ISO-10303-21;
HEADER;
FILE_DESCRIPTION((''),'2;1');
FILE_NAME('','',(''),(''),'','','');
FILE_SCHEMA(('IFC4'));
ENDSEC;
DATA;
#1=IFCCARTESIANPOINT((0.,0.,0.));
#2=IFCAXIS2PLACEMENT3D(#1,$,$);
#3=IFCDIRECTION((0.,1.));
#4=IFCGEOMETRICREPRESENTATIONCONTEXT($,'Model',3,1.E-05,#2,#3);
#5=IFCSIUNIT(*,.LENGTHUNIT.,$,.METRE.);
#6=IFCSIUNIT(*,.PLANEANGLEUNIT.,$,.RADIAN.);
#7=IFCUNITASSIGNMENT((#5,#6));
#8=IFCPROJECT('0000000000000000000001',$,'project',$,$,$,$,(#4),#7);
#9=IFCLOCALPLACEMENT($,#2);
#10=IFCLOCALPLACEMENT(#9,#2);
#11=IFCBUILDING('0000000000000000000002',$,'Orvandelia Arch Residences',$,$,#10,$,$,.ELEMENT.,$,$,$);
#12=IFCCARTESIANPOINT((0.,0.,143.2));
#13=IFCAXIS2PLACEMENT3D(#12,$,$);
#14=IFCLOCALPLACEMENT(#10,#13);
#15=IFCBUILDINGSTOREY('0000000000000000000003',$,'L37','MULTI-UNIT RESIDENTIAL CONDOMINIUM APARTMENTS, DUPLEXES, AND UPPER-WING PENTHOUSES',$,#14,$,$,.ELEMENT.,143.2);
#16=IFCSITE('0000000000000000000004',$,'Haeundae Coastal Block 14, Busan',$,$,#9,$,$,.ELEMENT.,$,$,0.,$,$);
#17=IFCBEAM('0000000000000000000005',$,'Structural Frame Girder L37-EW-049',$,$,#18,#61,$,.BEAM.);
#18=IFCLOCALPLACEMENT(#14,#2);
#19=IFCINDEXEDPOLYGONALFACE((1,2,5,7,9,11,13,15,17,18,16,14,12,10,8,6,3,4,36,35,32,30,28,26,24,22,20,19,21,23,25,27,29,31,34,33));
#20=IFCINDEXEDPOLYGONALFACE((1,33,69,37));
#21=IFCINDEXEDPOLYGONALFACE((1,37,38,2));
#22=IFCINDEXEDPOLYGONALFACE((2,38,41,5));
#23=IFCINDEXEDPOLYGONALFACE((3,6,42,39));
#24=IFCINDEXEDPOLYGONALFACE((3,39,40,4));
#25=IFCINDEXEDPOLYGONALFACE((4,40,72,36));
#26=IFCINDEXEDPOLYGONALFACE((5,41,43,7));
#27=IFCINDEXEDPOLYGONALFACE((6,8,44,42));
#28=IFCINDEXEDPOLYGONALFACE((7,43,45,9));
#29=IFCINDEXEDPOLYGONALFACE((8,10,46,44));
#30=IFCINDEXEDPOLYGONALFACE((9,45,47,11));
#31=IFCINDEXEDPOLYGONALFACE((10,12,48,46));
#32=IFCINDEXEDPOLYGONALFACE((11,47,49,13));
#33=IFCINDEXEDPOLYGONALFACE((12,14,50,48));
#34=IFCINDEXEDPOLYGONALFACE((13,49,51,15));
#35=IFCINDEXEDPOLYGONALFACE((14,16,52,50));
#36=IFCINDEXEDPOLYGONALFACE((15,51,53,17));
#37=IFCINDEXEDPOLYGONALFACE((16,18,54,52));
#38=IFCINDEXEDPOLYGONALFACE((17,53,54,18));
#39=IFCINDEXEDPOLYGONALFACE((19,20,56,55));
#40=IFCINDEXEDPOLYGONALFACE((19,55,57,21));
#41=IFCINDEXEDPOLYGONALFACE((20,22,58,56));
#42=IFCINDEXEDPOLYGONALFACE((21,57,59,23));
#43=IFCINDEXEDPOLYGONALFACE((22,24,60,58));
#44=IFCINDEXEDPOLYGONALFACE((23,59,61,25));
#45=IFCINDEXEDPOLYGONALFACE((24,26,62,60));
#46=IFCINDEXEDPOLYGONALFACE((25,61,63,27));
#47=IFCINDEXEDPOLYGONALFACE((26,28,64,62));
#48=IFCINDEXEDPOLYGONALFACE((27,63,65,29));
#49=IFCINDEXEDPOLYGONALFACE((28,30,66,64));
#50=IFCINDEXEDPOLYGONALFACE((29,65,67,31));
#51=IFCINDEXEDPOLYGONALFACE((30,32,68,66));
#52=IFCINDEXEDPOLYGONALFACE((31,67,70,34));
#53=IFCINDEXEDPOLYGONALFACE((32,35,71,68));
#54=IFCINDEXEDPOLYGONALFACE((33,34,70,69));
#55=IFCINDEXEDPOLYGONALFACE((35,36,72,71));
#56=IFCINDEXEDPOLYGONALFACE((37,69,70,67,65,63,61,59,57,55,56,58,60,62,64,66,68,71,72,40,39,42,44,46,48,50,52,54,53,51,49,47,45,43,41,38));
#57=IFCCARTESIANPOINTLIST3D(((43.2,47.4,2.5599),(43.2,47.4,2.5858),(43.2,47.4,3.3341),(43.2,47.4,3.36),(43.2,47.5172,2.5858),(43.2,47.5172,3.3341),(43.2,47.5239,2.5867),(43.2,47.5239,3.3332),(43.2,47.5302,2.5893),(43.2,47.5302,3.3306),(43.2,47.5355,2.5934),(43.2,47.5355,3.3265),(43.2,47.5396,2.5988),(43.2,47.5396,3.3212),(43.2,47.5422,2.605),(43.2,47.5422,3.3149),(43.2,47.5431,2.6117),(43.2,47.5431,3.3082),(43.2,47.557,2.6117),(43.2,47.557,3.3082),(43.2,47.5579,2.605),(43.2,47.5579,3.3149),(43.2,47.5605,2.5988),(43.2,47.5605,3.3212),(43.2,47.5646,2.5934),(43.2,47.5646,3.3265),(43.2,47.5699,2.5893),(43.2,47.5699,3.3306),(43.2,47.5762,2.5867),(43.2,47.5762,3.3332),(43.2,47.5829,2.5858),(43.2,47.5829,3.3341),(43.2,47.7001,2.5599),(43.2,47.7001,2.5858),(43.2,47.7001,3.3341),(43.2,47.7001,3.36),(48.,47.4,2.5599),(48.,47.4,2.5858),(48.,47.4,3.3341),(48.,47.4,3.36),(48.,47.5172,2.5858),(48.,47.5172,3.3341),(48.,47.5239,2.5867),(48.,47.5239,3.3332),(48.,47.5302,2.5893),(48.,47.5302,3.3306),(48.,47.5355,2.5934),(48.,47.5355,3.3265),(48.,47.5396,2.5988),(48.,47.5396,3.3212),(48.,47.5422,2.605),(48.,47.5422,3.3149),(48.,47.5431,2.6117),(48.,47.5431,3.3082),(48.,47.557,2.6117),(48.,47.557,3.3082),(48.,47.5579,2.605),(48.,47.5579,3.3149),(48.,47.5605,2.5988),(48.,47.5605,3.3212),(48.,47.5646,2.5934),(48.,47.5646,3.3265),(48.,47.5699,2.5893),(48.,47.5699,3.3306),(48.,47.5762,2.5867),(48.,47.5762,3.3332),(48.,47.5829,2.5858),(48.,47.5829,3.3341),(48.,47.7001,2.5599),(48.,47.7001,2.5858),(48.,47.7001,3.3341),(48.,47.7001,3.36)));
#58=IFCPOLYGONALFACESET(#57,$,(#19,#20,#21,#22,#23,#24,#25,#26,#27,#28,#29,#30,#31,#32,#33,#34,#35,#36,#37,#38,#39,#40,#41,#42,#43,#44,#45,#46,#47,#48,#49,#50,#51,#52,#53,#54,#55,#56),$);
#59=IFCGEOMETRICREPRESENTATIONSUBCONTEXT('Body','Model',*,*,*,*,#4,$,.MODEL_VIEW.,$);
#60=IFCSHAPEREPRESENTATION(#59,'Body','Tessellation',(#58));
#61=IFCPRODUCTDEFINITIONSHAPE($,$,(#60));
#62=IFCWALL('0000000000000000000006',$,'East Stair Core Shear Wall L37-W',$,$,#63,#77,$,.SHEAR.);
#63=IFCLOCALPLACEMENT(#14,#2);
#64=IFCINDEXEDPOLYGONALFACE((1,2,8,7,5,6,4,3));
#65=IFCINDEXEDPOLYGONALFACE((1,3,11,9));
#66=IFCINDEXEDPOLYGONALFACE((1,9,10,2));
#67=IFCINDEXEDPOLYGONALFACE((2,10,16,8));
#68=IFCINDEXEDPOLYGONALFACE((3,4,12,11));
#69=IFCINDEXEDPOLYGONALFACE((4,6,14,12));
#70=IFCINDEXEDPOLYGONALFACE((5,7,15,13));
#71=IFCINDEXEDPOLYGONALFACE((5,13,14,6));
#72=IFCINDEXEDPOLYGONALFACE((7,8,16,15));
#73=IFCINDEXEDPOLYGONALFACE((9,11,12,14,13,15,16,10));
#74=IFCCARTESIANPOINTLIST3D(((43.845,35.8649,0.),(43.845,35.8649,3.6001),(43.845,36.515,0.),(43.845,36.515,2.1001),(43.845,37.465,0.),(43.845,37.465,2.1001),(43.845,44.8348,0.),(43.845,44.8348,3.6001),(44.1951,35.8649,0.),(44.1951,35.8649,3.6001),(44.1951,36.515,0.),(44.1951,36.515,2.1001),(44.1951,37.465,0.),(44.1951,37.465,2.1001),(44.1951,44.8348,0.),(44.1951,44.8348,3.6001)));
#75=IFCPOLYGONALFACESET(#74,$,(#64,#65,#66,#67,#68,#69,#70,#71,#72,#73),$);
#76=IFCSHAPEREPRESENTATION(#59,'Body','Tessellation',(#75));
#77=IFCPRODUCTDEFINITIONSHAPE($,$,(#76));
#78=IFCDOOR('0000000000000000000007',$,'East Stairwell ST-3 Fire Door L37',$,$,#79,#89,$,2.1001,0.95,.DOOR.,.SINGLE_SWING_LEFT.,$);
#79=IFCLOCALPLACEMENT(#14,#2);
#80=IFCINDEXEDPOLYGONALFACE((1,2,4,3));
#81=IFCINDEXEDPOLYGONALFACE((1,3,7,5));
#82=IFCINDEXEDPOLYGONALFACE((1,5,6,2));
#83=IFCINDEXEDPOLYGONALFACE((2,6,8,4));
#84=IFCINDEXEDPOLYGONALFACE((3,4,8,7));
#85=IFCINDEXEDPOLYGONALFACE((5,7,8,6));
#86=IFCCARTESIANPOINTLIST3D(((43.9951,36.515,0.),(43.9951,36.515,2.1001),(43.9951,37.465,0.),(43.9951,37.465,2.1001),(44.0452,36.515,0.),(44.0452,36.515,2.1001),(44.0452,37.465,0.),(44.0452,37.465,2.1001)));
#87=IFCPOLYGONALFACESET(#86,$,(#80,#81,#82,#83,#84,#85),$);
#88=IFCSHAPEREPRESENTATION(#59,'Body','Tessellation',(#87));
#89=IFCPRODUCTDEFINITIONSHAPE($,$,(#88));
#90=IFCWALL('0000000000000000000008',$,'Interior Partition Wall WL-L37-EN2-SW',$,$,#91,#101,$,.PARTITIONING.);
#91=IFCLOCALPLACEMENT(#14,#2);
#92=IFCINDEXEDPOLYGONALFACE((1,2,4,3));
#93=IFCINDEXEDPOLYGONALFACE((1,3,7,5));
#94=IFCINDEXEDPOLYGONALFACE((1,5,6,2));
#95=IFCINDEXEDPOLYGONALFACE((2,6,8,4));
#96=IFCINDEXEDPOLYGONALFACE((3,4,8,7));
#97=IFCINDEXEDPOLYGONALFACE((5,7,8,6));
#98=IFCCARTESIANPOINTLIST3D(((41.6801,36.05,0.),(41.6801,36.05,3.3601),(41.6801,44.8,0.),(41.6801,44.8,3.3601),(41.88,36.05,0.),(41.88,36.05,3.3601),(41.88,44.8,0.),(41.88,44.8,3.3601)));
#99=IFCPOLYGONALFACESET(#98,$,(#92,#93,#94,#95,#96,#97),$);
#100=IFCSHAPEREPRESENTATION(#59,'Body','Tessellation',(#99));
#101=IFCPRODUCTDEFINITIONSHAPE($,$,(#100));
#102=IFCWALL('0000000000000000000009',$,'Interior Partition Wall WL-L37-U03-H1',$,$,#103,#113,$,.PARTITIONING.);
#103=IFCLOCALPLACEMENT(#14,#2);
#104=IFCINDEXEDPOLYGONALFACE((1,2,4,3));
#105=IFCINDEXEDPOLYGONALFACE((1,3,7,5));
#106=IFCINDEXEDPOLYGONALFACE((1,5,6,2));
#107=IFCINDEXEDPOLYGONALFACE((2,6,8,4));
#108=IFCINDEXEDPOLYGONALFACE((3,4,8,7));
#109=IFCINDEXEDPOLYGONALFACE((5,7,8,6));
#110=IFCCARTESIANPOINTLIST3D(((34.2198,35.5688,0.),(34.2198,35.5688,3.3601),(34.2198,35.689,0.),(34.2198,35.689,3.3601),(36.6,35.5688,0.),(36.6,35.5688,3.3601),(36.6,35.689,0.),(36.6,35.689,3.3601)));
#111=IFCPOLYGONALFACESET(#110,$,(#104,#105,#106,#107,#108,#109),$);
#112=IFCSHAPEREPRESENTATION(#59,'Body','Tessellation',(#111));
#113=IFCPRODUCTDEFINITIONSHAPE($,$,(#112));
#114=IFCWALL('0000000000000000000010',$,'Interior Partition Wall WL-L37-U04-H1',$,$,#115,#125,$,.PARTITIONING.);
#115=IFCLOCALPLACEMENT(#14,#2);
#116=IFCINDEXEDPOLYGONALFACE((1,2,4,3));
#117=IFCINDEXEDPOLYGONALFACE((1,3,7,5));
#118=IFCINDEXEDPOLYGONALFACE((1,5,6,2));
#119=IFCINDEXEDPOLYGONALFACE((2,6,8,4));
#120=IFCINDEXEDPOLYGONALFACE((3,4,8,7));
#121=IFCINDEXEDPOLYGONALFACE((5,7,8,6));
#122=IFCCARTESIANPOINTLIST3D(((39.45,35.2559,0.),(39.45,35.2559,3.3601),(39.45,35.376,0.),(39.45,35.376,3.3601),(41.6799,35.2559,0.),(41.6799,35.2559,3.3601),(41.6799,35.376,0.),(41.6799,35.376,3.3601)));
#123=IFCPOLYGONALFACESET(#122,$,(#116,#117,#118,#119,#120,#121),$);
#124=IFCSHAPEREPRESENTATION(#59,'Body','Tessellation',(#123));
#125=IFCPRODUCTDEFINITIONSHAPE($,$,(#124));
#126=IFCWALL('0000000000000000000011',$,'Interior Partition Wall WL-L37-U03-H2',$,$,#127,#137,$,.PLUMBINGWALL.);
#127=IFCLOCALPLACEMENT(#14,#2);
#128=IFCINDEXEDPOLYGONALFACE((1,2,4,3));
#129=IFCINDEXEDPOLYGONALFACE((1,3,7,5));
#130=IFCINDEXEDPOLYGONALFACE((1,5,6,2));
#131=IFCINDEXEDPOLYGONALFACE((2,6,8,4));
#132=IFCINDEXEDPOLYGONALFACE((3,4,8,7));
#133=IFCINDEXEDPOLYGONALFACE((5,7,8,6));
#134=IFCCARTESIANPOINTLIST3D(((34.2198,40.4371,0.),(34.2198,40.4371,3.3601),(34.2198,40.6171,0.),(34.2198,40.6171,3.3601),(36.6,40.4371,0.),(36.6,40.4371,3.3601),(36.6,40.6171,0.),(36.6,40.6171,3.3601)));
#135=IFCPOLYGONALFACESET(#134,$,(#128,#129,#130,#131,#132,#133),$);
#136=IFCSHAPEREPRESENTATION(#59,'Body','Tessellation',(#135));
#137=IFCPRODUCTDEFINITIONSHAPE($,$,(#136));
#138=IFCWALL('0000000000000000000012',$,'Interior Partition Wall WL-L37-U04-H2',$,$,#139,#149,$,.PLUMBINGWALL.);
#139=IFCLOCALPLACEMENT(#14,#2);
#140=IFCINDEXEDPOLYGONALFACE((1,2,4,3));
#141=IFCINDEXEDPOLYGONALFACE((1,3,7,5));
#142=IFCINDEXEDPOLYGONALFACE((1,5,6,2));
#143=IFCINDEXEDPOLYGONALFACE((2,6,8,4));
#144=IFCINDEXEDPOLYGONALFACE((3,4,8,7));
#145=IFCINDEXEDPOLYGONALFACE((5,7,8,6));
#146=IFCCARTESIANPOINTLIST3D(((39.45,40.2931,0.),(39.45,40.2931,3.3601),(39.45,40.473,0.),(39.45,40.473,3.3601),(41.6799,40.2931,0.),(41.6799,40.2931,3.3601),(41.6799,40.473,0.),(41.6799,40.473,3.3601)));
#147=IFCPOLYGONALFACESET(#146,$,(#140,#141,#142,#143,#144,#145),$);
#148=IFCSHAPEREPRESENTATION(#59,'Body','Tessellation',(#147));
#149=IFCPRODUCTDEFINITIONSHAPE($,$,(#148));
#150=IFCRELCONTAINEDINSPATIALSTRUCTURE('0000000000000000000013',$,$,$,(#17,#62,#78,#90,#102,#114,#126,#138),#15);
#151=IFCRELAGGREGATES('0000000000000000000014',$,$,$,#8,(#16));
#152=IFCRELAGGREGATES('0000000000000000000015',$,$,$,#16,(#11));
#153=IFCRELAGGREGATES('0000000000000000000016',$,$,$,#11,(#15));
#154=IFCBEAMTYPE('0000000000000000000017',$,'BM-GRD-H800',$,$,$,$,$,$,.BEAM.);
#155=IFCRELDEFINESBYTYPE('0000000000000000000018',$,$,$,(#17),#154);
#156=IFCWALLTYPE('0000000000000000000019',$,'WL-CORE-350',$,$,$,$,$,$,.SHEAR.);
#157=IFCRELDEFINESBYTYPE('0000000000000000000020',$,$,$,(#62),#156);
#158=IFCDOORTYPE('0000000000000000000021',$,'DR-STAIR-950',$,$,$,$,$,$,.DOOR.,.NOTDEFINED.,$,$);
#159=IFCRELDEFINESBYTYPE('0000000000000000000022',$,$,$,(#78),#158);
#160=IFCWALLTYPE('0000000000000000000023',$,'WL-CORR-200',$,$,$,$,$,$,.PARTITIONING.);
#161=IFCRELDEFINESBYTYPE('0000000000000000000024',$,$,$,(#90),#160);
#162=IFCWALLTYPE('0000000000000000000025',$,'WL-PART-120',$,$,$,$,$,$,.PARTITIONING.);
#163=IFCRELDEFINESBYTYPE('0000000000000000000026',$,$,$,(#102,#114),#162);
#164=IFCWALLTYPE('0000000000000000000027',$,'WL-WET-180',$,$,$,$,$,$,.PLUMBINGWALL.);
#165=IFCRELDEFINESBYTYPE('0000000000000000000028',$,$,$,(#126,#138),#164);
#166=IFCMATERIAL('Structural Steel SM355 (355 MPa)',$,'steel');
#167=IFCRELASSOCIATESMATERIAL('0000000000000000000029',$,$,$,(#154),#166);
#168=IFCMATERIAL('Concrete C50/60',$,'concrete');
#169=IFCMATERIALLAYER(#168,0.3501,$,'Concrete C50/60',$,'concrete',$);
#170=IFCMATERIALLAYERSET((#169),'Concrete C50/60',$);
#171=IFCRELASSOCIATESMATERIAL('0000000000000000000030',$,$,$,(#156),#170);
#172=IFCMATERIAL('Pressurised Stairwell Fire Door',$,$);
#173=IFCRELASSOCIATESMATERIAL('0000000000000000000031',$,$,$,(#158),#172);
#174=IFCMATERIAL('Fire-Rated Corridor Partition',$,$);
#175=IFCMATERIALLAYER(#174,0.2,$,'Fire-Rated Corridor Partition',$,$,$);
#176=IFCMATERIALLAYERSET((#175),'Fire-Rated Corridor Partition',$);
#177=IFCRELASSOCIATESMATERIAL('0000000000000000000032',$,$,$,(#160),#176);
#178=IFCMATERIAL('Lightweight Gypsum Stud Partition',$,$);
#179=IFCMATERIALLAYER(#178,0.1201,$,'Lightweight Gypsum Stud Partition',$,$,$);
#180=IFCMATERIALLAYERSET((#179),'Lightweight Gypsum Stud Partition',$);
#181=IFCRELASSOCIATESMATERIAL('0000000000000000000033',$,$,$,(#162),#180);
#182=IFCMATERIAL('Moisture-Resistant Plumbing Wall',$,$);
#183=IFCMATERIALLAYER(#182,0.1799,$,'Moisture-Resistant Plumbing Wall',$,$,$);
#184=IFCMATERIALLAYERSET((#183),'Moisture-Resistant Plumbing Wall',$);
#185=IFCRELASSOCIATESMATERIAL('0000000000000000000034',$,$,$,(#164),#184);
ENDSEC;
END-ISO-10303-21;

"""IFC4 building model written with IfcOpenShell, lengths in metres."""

from ifc_helpers import new_model, si_unit, direction, frame, frame_2d, origin, origin_2d, place, context, subcontext, project, spatial, rectangle, i_section, extrude, material, layer, layer_set, material_profile, profile_set, type_object, element, fill, save


model = new_model("IFC4")

# Units and contexts
model_context = context("Model", 3, precision=1e-05, world=origin(), true_north=direction((0.0, 1.0)))
body_context = subcontext(model_context, "Body", "Model", "MODEL_VIEW")
ifc_project = project(units=[si_unit("LENGTHUNIT", "METRE"), si_unit("PLANEANGLEUNIT", "RADIAN")], contexts=[model_context])

# Site, building, storey
site_placement = place(None, origin())
site = spatial("IfcSite", under=ifc_project, at=site_placement, Name="Haeundae Coastal Block 14, Busan", CompositionType="ELEMENT", RefElevation=0.0)
building_placement = place(site_placement, origin())
building = spatial("IfcBuilding", under=site, at=building_placement, Name="Orvandelia Arch Residences", CompositionType="ELEMENT")
storey_placement = place(building_placement, frame((0.0, 0.0, 143.2)))
storey = spatial("IfcBuildingStorey", under=building, at=storey_placement, Name="L37", Description="MULTI-UNIT RESIDENTIAL CONDOMINIUM APARTMENTS, DUPLEXES, AND UPPER-WING PENTHOUSES", CompositionType="ELEMENT", Elevation=143.2)

# Beam
ifc_material_1 = material(Name="Structural Steel SM355 (355 MPa)", Category="steel")
ifc_material_profile_1 = material_profile(ifc_material_1, i_section(OverallWidth=0.3, OverallDepth=0.8, WebThickness=0.0139, FlangeThickness=0.0259, FilletRadius=0.0259, at=origin_2d()), Name="Structural Steel SM355 (355 MPa)", Category="steel")
ifc_profile_set_1 = profile_set([ifc_material_profile_1], Name="Structural Steel SM355 (355 MPa)")
beam_type = type_object("IfcBeamType", Name="BM-GRD-H800", PredefinedType="BEAM", material=ifc_profile_set_1)
for number, where, z_axis, x_axis, name in (
    (1, (43.2, 47.55, 2.96), (1.0, 0.0, 0.0), (0.0, 1.0, 0.0), "Structural Frame Girder L37-EW-049"),
):
    element("IfcBeam", number, at=place(storey_placement, frame(where, z_axis=z_axis, x_axis=x_axis)), inside=storey, type_object=beam_type, Name=name, PredefinedType="BEAM", context=body_context, shape_type="SweptSolid", body=[
        extrude(i_section(OverallWidth=0.3, OverallDepth=0.8, WebThickness=0.0139, FlangeThickness=0.0259, FilletRadius=0.0259, at=origin_2d()), origin(), (0.0, 0.0, 1.0), 4.8),
    ])

# Wall, opening, door
ifc_material_2 = material(Name="Concrete C50/60", Category="concrete")
ifc_layer_1 = layer(ifc_material_2, 0.3501, Name="Concrete C50/60", Category="concrete")
ifc_layer_set_1 = layer_set([ifc_layer_1], Name="Concrete C50/60")
wall_type_1 = type_object("IfcWallType", Name="WL-CORE-350", PredefinedType="SHEAR", material=ifc_layer_set_1)
wall_1_placement = place(storey_placement, frame((44.02, 35.865, 0.0), z_axis=(0.0, 0.0, 1.0), x_axis=(0.0, 1.0, 0.0)))
wall_1 = element("IfcWall", 2, at=wall_1_placement, inside=storey, type_object=wall_type_1, Name="East Stair Core Shear Wall L37-W", PredefinedType="SHEAR", context=body_context, shape_type="SweptSolid", body=[
    extrude(rectangle(XDim=8.97, YDim=0.3501, at=frame_2d((4.4849, 0.0))), origin(), (0.0, 0.0, 1.0), 3.6001),
])
opening_1_placement = place(wall_1_placement, frame((0.6499, 0.0, 0.0)))
opening_1 = element("IfcOpeningElement", 3, at=opening_1_placement, cuts=wall_1, PredefinedType="OPENING", context=body_context, shape_type="SweptSolid", body=[
    extrude(rectangle(XDim=0.95, YDim=2.1001, at=frame_2d((0.4751, 1.05))), frame((0.0, 0.1851, 0.0), z_axis=(0.0, -1.0, 0.0), x_axis=(1.0, 0.0, 0.0)), (0.0, 0.0, 1.0), 0.3701),
])
ifc_material_3 = material(Name="Pressurised Stairwell Fire Door")
door_type_1 = type_object("IfcDoorType", Name="DR-STAIR-950", OperationType="NOTDEFINED", PredefinedType="DOOR", material=ifc_material_3)
door_1_placement = place(opening_1_placement, origin())
door_1 = element("IfcDoor", 4, at=door_1_placement, inside=storey, type_object=door_type_1, Name="East Stairwell ST-3 Fire Door L37", OperationType="SINGLE_SWING_LEFT", OverallHeight=2.1001, OverallWidth=0.95, PredefinedType="DOOR", context=body_context, shape_type="SweptSolid", body=[
    extrude(rectangle(XDim=0.95, YDim=2.1001, at=frame_2d((0.4751, 1.05))), frame((0.0, 0.0249, 0.0), z_axis=(0.0, -1.0, 0.0), x_axis=(1.0, 0.0, 0.0)), (0.0, 0.0, 1.0), 0.05),
])
fill(opening_1, door_1)

# Wall
ifc_material_4 = material(Name="Fire-Rated Corridor Partition")
ifc_layer_2 = layer(ifc_material_4, 0.2, Name="Fire-Rated Corridor Partition")
ifc_layer_set_2 = layer_set([ifc_layer_2], Name="Fire-Rated Corridor Partition")
wall_type_2 = type_object("IfcWallType", Name="WL-CORR-200", PredefinedType="PARTITIONING", material=ifc_layer_set_2)
wall_2_placement = place(storey_placement, frame((41.78, 36.05, 0.0), z_axis=(0.0, 0.0, 1.0), x_axis=(0.0, 1.0, 0.0)))
element("IfcWall", 5, at=wall_2_placement, inside=storey, type_object=wall_type_2, Name="Interior Partition Wall WL-L37-EN2-SW", PredefinedType="PARTITIONING", context=body_context, shape_type="SweptSolid", body=[
    extrude(rectangle(XDim=8.75, YDim=0.2, at=frame_2d((4.375, 0.0))), origin(), (0.0, 0.0, 1.0), 3.3601),
])

# Wall
ifc_material_5 = material(Name="Lightweight Gypsum Stud Partition")
ifc_layer_3 = layer(ifc_material_5, 0.1201, Name="Lightweight Gypsum Stud Partition")
ifc_layer_set_3 = layer_set([ifc_layer_3], Name="Lightweight Gypsum Stud Partition")
wall_type_3 = type_object("IfcWallType", Name="WL-PART-120", PredefinedType="PARTITIONING", material=ifc_layer_set_3)
wall_3_placement = place(storey_placement, frame((34.22, 35.6289, 0.0), z_axis=(0.0, 0.0, 1.0), x_axis=(1.0, 0.0, 0.0)))
element("IfcWall", 6, at=wall_3_placement, inside=storey, type_object=wall_type_3, Name="Interior Partition Wall WL-L37-U03-H1", PredefinedType="PARTITIONING", context=body_context, shape_type="SweptSolid", body=[
    extrude(rectangle(XDim=2.3801, YDim=0.1201, at=frame_2d((1.1899, 0.0))), origin(), (0.0, 0.0, 1.0), 3.3601),
])

# Walls
wall_4_placement = place(storey_placement, frame((39.45, 35.3159, 0.0), z_axis=(0.0, 0.0, 1.0), x_axis=(1.0, 0.0, 0.0)))
element("IfcWall", 7, at=wall_4_placement, inside=storey, type_object=wall_type_3, Name="Interior Partition Wall WL-L37-U04-H1", PredefinedType="PARTITIONING", context=body_context, shape_type="SweptSolid", body=[
    extrude(rectangle(XDim=2.23, YDim=0.1201, at=frame_2d((1.115, 0.0))), origin(), (0.0, 0.0, 1.0), 3.3601),
])
ifc_material_6 = material(Name="Moisture-Resistant Plumbing Wall")
ifc_layer_4 = layer(ifc_material_6, 0.1799, Name="Moisture-Resistant Plumbing Wall")
ifc_layer_set_4 = layer_set([ifc_layer_4], Name="Moisture-Resistant Plumbing Wall")
wall_type_4 = type_object("IfcWallType", Name="WL-WET-180", PredefinedType="PLUMBINGWALL", material=ifc_layer_set_4)
wall_5_placement = place(storey_placement, frame((34.22, 40.5271, 0.0), z_axis=(0.0, 0.0, 1.0), x_axis=(1.0, 0.0, 0.0)))
element("IfcWall", 8, at=wall_5_placement, inside=storey, type_object=wall_type_4, Name="Interior Partition Wall WL-L37-U03-H2", PredefinedType="PLUMBINGWALL", context=body_context, shape_type="SweptSolid", body=[
    extrude(rectangle(XDim=2.3801, YDim=0.1799, at=frame_2d((1.1899, 0.0))), origin(), (0.0, 0.0, 1.0), 3.3601),
])
wall_6_placement = place(storey_placement, frame((39.45, 40.3831, 0.0), z_axis=(0.0, 0.0, 1.0), x_axis=(1.0, 0.0, 0.0)))
element("IfcWall", 9, at=wall_6_placement, inside=storey, type_object=wall_type_4, Name="Interior Partition Wall WL-L37-U04-H2", PredefinedType="PLUMBINGWALL", context=body_context, shape_type="SweptSolid", body=[
    extrude(rectangle(XDim=2.23, YDim=0.1799, at=frame_2d((1.115, 0.0))), origin(), (0.0, 0.0, 1.0), 3.3601),
])

save(model, "model.ifc")
